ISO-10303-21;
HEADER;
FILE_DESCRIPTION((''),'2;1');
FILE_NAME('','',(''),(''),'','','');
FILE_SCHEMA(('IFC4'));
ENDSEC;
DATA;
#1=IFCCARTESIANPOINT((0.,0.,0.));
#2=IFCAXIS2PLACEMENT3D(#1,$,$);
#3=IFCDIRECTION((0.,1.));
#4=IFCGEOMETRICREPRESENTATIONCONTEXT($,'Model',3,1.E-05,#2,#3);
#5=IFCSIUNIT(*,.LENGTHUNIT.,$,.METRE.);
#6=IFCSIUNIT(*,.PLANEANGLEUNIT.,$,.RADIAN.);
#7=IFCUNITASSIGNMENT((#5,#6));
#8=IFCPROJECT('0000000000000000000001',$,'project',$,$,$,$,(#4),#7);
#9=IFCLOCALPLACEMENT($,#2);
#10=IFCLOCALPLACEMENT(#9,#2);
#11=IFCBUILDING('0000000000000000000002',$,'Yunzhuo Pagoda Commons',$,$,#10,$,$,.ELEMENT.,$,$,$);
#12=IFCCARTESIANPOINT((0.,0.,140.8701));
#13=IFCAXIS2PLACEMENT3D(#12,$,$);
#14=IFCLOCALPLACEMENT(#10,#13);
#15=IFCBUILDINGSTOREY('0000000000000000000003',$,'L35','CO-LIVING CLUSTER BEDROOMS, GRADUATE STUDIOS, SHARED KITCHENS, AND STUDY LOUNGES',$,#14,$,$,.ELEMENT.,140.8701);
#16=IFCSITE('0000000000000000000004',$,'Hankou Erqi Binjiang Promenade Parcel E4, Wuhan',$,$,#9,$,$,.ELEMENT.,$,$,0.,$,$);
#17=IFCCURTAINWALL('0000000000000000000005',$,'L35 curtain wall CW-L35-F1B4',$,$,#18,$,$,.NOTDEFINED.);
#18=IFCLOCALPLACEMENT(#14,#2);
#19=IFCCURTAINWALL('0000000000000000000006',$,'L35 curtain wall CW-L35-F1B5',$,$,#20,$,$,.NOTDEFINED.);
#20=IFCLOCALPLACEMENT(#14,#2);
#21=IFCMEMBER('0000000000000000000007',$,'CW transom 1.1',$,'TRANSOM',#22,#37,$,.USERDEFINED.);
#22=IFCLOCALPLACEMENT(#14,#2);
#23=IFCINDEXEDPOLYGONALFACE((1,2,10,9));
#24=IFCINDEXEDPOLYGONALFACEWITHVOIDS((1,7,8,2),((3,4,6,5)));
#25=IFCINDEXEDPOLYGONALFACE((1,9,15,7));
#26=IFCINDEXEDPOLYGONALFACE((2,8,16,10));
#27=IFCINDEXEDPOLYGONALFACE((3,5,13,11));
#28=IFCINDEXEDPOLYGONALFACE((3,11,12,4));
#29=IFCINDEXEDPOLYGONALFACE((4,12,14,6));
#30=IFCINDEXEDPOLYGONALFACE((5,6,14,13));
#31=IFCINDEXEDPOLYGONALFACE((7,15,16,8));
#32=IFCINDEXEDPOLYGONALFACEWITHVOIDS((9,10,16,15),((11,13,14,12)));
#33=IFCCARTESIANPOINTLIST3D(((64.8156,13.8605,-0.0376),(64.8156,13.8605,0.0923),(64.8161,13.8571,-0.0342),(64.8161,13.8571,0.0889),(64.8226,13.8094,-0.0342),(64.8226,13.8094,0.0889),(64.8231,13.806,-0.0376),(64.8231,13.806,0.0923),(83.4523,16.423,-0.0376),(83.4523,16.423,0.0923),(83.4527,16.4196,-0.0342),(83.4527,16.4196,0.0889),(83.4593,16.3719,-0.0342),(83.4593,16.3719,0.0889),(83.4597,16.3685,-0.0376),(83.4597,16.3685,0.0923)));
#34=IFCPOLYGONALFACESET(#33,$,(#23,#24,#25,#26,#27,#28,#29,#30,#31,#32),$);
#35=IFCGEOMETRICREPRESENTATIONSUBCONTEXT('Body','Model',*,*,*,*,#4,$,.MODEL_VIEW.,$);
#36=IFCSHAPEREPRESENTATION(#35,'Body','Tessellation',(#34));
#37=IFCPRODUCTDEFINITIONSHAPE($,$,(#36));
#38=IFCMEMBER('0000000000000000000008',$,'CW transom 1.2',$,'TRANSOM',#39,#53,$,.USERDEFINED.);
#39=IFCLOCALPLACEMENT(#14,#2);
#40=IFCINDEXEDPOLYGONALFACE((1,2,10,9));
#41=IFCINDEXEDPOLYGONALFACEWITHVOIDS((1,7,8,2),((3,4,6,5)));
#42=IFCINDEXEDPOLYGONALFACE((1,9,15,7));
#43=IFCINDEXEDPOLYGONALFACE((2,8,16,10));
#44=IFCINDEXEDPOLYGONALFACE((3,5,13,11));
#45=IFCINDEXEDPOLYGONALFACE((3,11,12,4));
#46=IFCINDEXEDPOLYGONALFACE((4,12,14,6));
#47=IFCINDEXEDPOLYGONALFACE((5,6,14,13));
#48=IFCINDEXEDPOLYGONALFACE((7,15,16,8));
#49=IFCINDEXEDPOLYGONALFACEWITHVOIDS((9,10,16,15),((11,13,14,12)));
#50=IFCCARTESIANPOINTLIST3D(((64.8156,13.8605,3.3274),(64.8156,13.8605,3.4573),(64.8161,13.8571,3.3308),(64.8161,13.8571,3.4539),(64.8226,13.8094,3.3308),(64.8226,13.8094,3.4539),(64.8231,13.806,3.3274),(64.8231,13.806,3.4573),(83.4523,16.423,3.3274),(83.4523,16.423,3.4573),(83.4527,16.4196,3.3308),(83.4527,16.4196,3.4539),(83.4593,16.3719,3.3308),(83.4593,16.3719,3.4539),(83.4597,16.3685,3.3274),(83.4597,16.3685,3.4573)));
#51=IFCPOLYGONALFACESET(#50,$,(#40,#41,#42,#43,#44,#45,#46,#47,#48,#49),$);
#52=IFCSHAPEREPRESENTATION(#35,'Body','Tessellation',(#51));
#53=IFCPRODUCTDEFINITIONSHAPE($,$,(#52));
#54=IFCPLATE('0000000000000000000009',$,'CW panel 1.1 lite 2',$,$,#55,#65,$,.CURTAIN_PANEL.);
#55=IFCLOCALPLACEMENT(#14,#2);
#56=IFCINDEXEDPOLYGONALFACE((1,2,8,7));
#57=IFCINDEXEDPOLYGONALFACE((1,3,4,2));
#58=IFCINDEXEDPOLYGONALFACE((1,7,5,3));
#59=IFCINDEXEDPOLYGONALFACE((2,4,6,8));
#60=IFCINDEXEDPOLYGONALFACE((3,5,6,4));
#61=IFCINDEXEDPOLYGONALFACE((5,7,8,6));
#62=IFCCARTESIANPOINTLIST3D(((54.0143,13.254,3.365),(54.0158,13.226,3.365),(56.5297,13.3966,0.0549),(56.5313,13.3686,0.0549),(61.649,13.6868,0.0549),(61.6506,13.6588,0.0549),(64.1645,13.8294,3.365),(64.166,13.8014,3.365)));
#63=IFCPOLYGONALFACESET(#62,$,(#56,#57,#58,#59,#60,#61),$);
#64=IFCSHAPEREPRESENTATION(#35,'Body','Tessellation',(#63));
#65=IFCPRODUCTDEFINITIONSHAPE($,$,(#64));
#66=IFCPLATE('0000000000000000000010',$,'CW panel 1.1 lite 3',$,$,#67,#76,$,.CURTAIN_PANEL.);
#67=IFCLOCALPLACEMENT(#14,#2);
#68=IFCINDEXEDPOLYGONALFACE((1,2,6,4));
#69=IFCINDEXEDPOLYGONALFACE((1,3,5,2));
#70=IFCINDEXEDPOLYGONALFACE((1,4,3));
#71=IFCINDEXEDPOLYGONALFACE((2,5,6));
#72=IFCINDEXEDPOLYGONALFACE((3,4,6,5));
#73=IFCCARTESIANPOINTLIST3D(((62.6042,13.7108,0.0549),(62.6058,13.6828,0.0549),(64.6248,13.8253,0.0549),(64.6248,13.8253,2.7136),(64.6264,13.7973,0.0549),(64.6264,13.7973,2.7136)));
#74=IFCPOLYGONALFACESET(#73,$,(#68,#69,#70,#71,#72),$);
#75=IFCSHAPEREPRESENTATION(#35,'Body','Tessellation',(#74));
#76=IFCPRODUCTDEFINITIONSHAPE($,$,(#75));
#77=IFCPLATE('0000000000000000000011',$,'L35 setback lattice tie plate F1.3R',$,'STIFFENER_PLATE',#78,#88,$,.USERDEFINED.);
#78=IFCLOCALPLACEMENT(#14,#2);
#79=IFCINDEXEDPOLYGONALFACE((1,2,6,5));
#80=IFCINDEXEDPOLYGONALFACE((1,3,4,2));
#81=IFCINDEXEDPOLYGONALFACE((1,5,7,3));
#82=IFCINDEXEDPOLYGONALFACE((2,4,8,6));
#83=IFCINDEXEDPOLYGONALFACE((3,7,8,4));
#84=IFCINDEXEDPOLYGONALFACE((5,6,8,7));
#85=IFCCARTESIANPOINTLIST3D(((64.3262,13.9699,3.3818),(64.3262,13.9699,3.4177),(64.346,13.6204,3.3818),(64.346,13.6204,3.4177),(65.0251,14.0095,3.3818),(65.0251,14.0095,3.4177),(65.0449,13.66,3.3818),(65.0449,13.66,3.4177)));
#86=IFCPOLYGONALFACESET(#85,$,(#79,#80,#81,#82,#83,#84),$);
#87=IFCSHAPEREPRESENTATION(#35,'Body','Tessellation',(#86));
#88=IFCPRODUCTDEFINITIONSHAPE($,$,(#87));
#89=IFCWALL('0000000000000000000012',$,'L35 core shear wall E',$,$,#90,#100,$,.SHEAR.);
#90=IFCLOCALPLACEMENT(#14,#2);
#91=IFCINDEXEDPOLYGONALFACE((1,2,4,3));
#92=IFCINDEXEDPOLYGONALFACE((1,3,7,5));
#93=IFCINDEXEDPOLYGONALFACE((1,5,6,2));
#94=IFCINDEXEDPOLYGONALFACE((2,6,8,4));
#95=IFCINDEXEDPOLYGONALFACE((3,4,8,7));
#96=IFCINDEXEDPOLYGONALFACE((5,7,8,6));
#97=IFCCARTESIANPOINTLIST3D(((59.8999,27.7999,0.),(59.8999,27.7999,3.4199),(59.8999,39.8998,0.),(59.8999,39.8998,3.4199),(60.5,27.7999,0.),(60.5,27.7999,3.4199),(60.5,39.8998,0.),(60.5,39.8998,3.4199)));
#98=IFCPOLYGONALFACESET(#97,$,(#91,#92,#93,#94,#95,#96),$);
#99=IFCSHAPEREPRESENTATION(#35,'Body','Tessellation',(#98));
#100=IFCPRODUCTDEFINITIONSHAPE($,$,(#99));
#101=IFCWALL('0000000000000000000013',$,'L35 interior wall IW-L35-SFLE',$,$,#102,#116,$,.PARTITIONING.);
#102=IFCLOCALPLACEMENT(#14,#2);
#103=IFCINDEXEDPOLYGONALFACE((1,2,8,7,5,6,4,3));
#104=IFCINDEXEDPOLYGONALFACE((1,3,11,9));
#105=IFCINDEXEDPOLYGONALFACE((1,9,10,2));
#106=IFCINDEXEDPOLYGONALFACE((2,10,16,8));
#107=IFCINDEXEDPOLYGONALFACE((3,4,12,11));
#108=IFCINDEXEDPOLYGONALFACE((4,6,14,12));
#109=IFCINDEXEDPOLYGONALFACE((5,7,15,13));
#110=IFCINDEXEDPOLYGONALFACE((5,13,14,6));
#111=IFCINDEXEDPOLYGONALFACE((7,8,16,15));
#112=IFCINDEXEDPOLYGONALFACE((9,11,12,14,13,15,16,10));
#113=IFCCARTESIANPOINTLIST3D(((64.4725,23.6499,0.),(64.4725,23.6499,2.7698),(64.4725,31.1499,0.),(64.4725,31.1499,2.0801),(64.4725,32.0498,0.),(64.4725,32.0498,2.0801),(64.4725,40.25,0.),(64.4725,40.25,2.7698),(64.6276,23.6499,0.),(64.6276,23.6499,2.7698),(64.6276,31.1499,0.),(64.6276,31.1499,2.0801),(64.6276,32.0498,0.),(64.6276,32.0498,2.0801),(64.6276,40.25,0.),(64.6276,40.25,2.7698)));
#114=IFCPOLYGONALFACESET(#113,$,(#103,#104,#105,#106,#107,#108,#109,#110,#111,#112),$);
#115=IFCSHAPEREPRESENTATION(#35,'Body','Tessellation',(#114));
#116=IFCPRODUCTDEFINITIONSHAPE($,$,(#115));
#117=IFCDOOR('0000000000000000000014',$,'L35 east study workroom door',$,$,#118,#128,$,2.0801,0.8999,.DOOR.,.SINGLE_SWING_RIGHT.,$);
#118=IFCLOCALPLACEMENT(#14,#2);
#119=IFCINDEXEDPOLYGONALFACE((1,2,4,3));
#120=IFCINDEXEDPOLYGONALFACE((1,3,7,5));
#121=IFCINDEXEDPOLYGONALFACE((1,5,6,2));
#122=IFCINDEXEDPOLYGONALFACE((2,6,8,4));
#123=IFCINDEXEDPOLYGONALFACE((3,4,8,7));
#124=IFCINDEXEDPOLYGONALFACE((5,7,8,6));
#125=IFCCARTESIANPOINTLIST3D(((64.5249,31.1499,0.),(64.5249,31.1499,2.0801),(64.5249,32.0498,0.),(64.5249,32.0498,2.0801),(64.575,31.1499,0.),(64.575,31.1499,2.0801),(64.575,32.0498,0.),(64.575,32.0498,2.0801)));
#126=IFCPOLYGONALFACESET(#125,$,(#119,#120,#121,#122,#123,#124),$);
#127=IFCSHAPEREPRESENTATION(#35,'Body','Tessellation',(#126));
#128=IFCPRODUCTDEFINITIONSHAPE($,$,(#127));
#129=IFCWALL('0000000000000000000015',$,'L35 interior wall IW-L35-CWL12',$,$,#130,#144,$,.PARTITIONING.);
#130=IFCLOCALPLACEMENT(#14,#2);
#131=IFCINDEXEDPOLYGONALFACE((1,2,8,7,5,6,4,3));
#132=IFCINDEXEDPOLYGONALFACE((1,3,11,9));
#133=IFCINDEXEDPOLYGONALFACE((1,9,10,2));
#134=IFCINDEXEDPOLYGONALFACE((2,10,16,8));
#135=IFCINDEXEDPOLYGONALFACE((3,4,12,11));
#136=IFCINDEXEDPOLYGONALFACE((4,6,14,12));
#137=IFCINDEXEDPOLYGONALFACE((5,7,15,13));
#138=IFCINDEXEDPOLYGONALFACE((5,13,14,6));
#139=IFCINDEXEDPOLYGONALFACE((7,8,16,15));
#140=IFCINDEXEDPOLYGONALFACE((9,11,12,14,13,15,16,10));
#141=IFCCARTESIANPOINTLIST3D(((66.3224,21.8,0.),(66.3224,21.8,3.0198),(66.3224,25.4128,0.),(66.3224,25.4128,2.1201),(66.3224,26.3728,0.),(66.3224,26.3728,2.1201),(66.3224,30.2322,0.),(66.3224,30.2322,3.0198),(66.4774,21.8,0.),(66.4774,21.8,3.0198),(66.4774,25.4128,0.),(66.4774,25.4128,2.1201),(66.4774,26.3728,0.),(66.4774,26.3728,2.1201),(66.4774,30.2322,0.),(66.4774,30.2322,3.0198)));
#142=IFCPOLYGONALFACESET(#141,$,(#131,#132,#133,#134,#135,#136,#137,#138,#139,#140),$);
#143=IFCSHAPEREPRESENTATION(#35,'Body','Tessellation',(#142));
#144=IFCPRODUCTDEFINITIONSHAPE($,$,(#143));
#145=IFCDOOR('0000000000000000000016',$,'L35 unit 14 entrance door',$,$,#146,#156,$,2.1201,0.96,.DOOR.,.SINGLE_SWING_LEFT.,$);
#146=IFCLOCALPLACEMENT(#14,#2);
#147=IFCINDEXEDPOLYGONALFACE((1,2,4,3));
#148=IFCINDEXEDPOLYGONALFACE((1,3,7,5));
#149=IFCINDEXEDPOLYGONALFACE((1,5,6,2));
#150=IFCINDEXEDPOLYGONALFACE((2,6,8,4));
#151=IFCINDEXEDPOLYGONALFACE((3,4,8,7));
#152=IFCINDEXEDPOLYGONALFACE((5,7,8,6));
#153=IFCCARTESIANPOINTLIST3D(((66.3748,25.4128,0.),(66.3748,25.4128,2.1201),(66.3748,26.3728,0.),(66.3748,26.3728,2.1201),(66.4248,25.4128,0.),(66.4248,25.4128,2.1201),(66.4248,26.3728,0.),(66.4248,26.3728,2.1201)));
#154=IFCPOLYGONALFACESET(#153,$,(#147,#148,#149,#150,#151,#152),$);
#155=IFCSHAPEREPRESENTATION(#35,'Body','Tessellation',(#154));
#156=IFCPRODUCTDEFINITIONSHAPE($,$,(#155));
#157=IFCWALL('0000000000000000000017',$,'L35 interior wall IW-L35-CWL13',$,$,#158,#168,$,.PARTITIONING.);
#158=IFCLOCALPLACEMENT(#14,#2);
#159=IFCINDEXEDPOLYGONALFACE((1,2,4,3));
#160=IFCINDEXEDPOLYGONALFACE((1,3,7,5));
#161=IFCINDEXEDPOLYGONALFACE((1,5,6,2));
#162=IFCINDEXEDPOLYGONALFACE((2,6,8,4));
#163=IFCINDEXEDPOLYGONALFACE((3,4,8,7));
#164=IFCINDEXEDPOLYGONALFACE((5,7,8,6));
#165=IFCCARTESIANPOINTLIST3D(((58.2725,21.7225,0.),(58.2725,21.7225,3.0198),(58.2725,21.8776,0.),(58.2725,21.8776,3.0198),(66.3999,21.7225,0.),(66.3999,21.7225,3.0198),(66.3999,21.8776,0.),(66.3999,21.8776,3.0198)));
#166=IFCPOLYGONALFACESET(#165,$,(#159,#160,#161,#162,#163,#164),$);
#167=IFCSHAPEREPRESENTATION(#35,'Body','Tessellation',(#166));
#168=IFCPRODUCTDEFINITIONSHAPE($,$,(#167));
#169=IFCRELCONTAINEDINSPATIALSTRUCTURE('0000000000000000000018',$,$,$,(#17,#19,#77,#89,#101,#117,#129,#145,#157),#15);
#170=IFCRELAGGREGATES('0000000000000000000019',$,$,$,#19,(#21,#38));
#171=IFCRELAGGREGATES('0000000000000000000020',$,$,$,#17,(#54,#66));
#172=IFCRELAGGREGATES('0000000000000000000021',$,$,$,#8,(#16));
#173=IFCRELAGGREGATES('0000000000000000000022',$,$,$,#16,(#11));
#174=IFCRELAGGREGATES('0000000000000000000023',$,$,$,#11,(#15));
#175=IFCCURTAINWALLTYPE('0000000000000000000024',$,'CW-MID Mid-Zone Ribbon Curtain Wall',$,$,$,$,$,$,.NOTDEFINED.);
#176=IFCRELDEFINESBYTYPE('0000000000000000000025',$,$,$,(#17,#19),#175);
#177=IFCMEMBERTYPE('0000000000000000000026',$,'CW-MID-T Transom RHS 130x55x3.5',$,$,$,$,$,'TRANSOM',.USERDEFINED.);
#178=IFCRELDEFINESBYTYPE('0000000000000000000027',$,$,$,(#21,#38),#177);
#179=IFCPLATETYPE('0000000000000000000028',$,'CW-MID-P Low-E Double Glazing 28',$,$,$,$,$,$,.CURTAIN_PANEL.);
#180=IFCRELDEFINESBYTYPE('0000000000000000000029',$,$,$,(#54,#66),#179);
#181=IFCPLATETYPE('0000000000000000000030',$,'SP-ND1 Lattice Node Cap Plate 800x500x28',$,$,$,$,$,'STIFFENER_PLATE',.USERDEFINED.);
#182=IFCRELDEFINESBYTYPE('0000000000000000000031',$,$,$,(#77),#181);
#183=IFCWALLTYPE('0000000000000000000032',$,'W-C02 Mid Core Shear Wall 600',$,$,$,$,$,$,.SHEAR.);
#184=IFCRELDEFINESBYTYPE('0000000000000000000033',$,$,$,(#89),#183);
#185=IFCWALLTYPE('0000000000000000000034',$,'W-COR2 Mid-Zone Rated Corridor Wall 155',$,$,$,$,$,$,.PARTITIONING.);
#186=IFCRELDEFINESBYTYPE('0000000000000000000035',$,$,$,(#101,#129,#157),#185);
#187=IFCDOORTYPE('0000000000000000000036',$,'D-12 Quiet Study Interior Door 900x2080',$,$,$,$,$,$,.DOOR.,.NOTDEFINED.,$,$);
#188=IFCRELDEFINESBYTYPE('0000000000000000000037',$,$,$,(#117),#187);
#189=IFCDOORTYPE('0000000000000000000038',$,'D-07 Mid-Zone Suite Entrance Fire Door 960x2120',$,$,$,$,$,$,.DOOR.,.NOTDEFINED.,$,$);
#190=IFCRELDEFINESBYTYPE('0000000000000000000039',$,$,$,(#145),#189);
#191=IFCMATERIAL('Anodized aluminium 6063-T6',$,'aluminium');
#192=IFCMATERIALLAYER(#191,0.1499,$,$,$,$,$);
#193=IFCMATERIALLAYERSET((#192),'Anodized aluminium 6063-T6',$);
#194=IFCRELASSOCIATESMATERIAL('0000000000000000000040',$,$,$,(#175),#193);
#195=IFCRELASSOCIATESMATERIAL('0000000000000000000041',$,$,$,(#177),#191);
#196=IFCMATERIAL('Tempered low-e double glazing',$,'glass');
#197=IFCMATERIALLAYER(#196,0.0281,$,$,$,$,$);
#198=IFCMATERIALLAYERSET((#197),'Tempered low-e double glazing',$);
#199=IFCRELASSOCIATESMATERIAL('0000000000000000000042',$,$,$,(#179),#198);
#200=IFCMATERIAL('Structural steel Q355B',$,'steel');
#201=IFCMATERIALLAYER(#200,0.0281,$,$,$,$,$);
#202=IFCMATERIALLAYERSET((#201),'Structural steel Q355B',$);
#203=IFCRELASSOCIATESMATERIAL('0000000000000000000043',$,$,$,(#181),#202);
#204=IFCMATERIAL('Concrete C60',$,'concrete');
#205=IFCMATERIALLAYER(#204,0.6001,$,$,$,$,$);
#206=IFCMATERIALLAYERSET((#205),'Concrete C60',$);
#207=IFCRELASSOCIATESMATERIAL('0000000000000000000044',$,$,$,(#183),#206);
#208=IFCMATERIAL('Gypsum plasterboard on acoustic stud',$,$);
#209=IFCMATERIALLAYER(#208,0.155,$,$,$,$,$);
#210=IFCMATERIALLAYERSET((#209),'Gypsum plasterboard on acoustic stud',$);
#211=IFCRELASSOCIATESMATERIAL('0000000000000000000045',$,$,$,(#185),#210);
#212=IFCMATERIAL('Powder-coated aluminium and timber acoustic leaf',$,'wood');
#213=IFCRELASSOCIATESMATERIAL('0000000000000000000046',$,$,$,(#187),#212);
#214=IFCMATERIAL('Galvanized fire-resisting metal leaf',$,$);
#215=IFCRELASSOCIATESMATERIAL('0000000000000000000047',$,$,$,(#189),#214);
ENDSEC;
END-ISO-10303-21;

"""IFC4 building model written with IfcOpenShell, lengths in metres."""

from ifc_helpers import new_model, si_unit, direction, frame, frame_2d, origin, origin_with_axes, origin_2d, place, context, subcontext, project, spatial, polyline, rectangle, hollow_rectangle, outline, extrude, source, transform, mapped, material, layer, layer_set, material_profile, profile_set, type_object, element, fill, aggregate, save


model = new_model("IFC4")

# Units and contexts
model_context = context("Model", 3, precision=1e-05, world=origin(), true_north=direction((0.0, 1.0)))
body_context = subcontext(model_context, "Body", "Model", "MODEL_VIEW")
ifc_project = project(units=[si_unit("LENGTHUNIT", "METRE"), si_unit("PLANEANGLEUNIT", "RADIAN")], contexts=[model_context])

# Site, building, storey
site_placement = place(None, origin())
site = spatial("IfcSite", under=ifc_project, at=site_placement, Name="Hankou Erqi Binjiang Promenade Parcel E4, Wuhan", CompositionType="ELEMENT", RefElevation=0.0)
building_placement = place(site_placement, origin())
building = spatial("IfcBuilding", under=site, at=building_placement, Name="Yunzhuo Pagoda Commons", CompositionType="ELEMENT")
storey_placement = place(building_placement, frame((0.0, 0.0, 140.8701)))
storey = spatial("IfcBuildingStorey", under=building, at=storey_placement, Name="L35", Description="CO-LIVING CLUSTER BEDROOMS, GRADUATE STUDIOS, SHARED KITCHENS, AND STUDY LOUNGES", CompositionType="ELEMENT", Elevation=140.8701)

# Shared definitions
ifc_material_1 = material(Name="Structural steel Q355B", Category="steel")

# Curtain wall
ifc_material_2 = material(Name="Anodized aluminium 6063-T6", Category="aluminium")
ifc_layer_1 = layer(ifc_material_2, 0.1499)
ifc_layer_set_1 = layer_set([ifc_layer_1], Name="Anodized aluminium 6063-T6")
curtain_wall_type = type_object("IfcCurtainWallType", Name="CW-MID Mid-Zone Ribbon Curtain Wall", PredefinedType="NOTDEFINED", material=ifc_layer_set_1)
curtain_wall_1_placement = place(storey_placement, origin())
curtain_wall_1 = element("IfcCurtainWall", 1, at=curtain_wall_1_placement, inside=storey, type_object=curtain_wall_type, Name="L35 curtain wall CW-L35-F1B4", PredefinedType="NOTDEFINED")

# Curtain wall, members
curtain_wall_2_placement = place(storey_placement, origin())
curtain_wall_2 = element("IfcCurtainWall", 2, at=curtain_wall_2_placement, inside=storey, type_object=curtain_wall_type, Name="L35 curtain wall CW-L35-F1B5", PredefinedType="NOTDEFINED")
ifc_material_profile_1 = material_profile(ifc_material_2, hollow_rectangle(XDim=0.0549, YDim=0.1299, WallThickness=0.0034, at=origin_2d()), Name="Anodized aluminium 6063-T6")
ifc_profile_set_1 = profile_set([ifc_material_profile_1], Name="Anodized aluminium 6063-T6")
member_type_1 = type_object("IfcMemberType", Name="CW-MID-T Transom RHS 130x55x3.5", ElementType="TRANSOM", PredefinedType="USERDEFINED", material=ifc_profile_set_1)
shared_shape_1 = source(origin(), body_context, "Body", "SweptSolid", [
    extrude(hollow_rectangle(XDim=0.0549, YDim=0.1299, WallThickness=0.0034, at=origin_2d()), origin(), (0.0, 0.0, 1.0), 18.812),
])
member_1_placement = place(storey_placement, frame((64.8193, 13.8333, 0.0273), z_axis=(0.990679, 0.136216, 0.0), x_axis=(-0.136216, 0.990679, 0.0)))
member_1 = element("IfcMember", 3, at=member_1_placement, type_object=member_type_1, Name="CW transom 1.1", ObjectType="TRANSOM", PredefinedType="USERDEFINED", context=body_context, shape_type="MappedRepresentation", body=[
    mapped(shared_shape_1, transform((0.0, 0.0, 0.0), scale=1.0)),
])
member_2_placement = place(storey_placement, frame((64.8193, 13.8333, 3.3923), z_axis=(0.990679, 0.136216, 0.0), x_axis=(-0.136216, 0.990679, 0.0)))
member_2 = element("IfcMember", 4, at=member_2_placement, type_object=member_type_1, Name="CW transom 1.2", ObjectType="TRANSOM", PredefinedType="USERDEFINED", context=body_context, shape_type="MappedRepresentation", body=[
    mapped(shared_shape_1, transform((0.0, 0.0, 0.0), scale=1.0)),
])
aggregate(curtain_wall_2, [member_1, member_2])

# Plates
ifc_material_3 = material(Name="Tempered low-e double glazing", Category="glass")
ifc_layer_2 = layer(ifc_material_3, 0.0281)
ifc_layer_set_2 = layer_set([ifc_layer_2], Name="Tempered low-e double glazing")
plate_type_1 = type_object("IfcPlateType", Name="CW-MID-P Low-E Double Glazing 28", PredefinedType="CURTAIN_PANEL", material=ifc_layer_set_2)
plate_1_placement = place(storey_placement, frame((59.0894, 13.5417, 1.71), z_axis=(0.056597, -0.998397, 0.0), x_axis=(0.998397, 0.056597, 0.0)))
plate_1 = element("IfcPlate", 5, at=plate_1_placement, type_object=plate_type_1, Name="CW panel 1.1 lite 2", PredefinedType="CURTAIN_PANEL", context=body_context, shape_type="SweptSolid", body=[
    extrude(outline(polyline([(-5.0833, 1.655), (-2.5637, -1.655), (2.5637, -1.655), (5.0833, 1.655), (-5.0833, 1.655)])), origin(), (0.0, 0.0, 1.0), 0.0281),
])
plate_2_placement = place(storey_placement, frame((63.6145, 13.7681, 1.3843), z_axis=(0.056597, -0.998397, 0.0), x_axis=(0.998397, 0.056597, 0.0)))
plate_2 = element("IfcPlate", 6, at=plate_2_placement, type_object=plate_type_1, Name="CW panel 1.1 lite 3", PredefinedType="CURTAIN_PANEL", context=body_context, shape_type="SweptSolid", body=[
    extrude(outline(polyline([(-1.012, -1.3293), (1.012, -1.3293), (1.012, 1.3293), (-1.012, -1.3293)])), origin(), (0.0, 0.0, 1.0), 0.0281),
])
aggregate(curtain_wall_1, [plate_1, plate_2])
ifc_layer_3 = layer(ifc_material_1, 0.0281)
ifc_layer_set_3 = layer_set([ifc_layer_3], Name="Structural steel Q355B")
plate_type_2 = type_object("IfcPlateType", Name="SP-ND1 Lattice Node Cap Plate 800x500x28", ElementType="STIFFENER_PLATE", PredefinedType="USERDEFINED", material=ifc_layer_set_3)
shared_shape_2 = source(origin(), body_context, "Body", "SweptSolid", [
    extrude(rectangle(XDim=0.7, YDim=0.3501, at=origin_2d()), origin(), (0.0, 0.0, 1.0), 0.0359),
])
plate_3_placement = place(storey_placement, frame((64.6855, 13.8149, 3.3818), z_axis=(0.0, 0.0, 1.0), x_axis=(0.998397, 0.056606, 0.0)))
element("IfcPlate", 7, at=plate_3_placement, inside=storey, type_object=plate_type_2, Name="L35 setback lattice tie plate F1.3R", ObjectType="STIFFENER_PLATE", PredefinedType="USERDEFINED", context=body_context, shape_type="MappedRepresentation", body=[
    mapped(shared_shape_2, transform((0.0, 0.0, 0.0), scale=1.0)),
])

# Wall
ifc_material_4 = material(Name="Concrete C60", Category="concrete")
ifc_layer_4 = layer(ifc_material_4, 0.6001)
ifc_layer_set_4 = layer_set([ifc_layer_4], Name="Concrete C60")
wall_type_1 = type_object("IfcWallType", Name="W-C02 Mid Core Shear Wall 600", PredefinedType="SHEAR", material=ifc_layer_set_4)
wall_1_placement = place(storey_placement, frame((60.2, 27.8, 0.0), z_axis=(0.0, 0.0, 1.0), x_axis=(0.0, 1.0, 0.0)))
element("IfcWall", 8, at=wall_1_placement, inside=storey, type_object=wall_type_1, Name="L35 core shear wall E", PredefinedType="SHEAR", context=body_context, shape_type="SweptSolid", body=[
    extrude(rectangle(XDim=12.0999, YDim=0.6001, at=frame_2d((6.0498, 0.0))), origin(), (0.0, 0.0, 1.0), 3.4199),
])

# Walls, openings, doors
ifc_material_5 = material(Name="Gypsum plasterboard on acoustic stud")
ifc_layer_5 = layer(ifc_material_5, 0.155)
ifc_layer_set_5 = layer_set([ifc_layer_5], Name="Gypsum plasterboard on acoustic stud")
wall_type_2 = type_object("IfcWallType", Name="W-COR2 Mid-Zone Rated Corridor Wall 155", PredefinedType="PARTITIONING", material=ifc_layer_set_5)
wall_2_placement = place(storey_placement, frame((64.55, 23.6499, 0.0), z_axis=(0.0, 0.0, 1.0), x_axis=(0.0, 1.0, 0.0)))
wall_2 = element("IfcWall", 9, at=wall_2_placement, inside=storey, type_object=wall_type_2, Name="L35 interior wall IW-L35-SFLE", PredefinedType="PARTITIONING", context=body_context, shape_type="SweptSolid", body=[
    extrude(rectangle(XDim=16.6001, YDim=0.155, at=frame_2d((8.3, 0.0))), origin(), (0.0, 0.0, 1.0), 2.7698),
])
opening_1_placement = place(wall_2_placement, frame((7.5, 0.0, 0.0)))
opening_1 = element("IfcOpeningElement", 10, at=opening_1_placement, cuts=wall_2, PredefinedType="OPENING", context=body_context, shape_type="SweptSolid", body=[
    extrude(rectangle(XDim=0.8999, YDim=2.0801, at=frame_2d((0.45, 1.04))), frame((0.0, 0.0874, 0.0), z_axis=(0.0, -1.0, 0.0), x_axis=(1.0, 0.0, 0.0)), (0.0, 0.0, 1.0), 0.175),
])
ifc_material_6 = material(Name="Powder-coated aluminium and timber acoustic leaf", Category="wood")
door_type_1 = type_object("IfcDoorType", Name="D-12 Quiet Study Interior Door 900x2080", OperationType="NOTDEFINED", PredefinedType="DOOR", material=ifc_material_6)
shared_shape_3 = source(origin(), body_context, "Body", "SweptSolid", [
    extrude(rectangle(XDim=0.8999, YDim=2.0801, at=frame_2d((0.45, 1.04))), frame((0.0, 0.0249, 0.0), z_axis=(0.0, -1.0, 0.0), x_axis=(1.0, 0.0, 0.0)), (0.0, 0.0, 1.0), 0.05),
])
door_1_placement = place(opening_1_placement, frame((0.8999, 0.0, 0.0), z_axis=(0.0, 0.0, 1.0), x_axis=(-1.0, 0.0, 0.0)))
door_1 = element("IfcDoor", 11, at=door_1_placement, inside=storey, type_object=door_type_1, Name="L35 east study workroom door", OperationType="SINGLE_SWING_RIGHT", OverallHeight=2.0801, OverallWidth=0.8999, PredefinedType="DOOR", context=body_context, shape_type="MappedRepresentation", body=[
    mapped(shared_shape_3, transform((0.0, 0.0, 0.0), scale=1.0)),
])
fill(opening_1, door_1)
wall_3_placement = place(storey_placement, frame((66.3999, 30.2322, 0.0), z_axis=(0.0, 0.0, 1.0), x_axis=(0.0, -1.0, 0.0)))
wall_3 = element("IfcWall", 12, at=wall_3_placement, inside=storey, type_object=wall_type_2, Name="L35 interior wall IW-L35-CWL12", PredefinedType="PARTITIONING", context=body_context, shape_type="SweptSolid", body=[
    extrude(rectangle(XDim=8.4321, YDim=0.155, at=frame_2d((4.2161, 0.0))), origin(), (0.0, 0.0, 1.0), 3.0198),
])
opening_2_placement = place(wall_3_placement, frame((3.8594, 0.0, 0.0)))
opening_2 = element("IfcOpeningElement", 13, at=opening_2_placement, cuts=wall_3, PredefinedType="OPENING", context=body_context, shape_type="SweptSolid", body=[
    extrude(rectangle(XDim=0.96, YDim=2.1201, at=frame_2d((0.48, 1.0601))), frame((0.0, 0.0874, 0.0), z_axis=(0.0, -1.0, 0.0), x_axis=(1.0, 0.0, 0.0)), (0.0, 0.0, 1.0), 0.175),
])
ifc_material_7 = material(Name="Galvanized fire-resisting metal leaf")
door_type_2 = type_object("IfcDoorType", Name="D-07 Mid-Zone Suite Entrance Fire Door 960x2120", OperationType="NOTDEFINED", PredefinedType="DOOR", material=ifc_material_7)
shared_shape_4 = source(origin(), body_context, "Body", "SweptSolid", [
    extrude(rectangle(XDim=0.96, YDim=2.1201, at=frame_2d((0.48, 1.0601))), frame((0.0, 0.0249, 0.0), z_axis=(0.0, -1.0, 0.0), x_axis=(1.0, 0.0, 0.0)), (0.0, 0.0, 1.0), 0.05),
])
door_2_placement = place(opening_2_placement, origin_with_axes())
door_2 = element("IfcDoor", 14, at=door_2_placement, inside=storey, type_object=door_type_2, Name="L35 unit 14 entrance door", OperationType="SINGLE_SWING_LEFT", OverallHeight=2.1201, OverallWidth=0.96, PredefinedType="DOOR", context=body_context, shape_type="MappedRepresentation", body=[
    mapped(shared_shape_4, transform((0.0, 0.0, 0.0), scale=1.0)),
])
fill(opening_2, door_2)

# Wall
wall_4_placement = place(storey_placement, frame((66.3999, 21.8, 0.0), z_axis=(0.0, 0.0, 1.0), x_axis=(-1.0, 0.0, 0.0)))
element("IfcWall", 15, at=wall_4_placement, inside=storey, type_object=wall_type_2, Name="L35 interior wall IW-L35-CWL13", PredefinedType="PARTITIONING", context=body_context, shape_type="SweptSolid", body=[
    extrude(rectangle(XDim=8.1274, YDim=0.155, at=frame_2d((4.0637, 0.0))), origin(), (0.0, 0.0, 1.0), 3.0198),
])

save(model, "model.ifc")
